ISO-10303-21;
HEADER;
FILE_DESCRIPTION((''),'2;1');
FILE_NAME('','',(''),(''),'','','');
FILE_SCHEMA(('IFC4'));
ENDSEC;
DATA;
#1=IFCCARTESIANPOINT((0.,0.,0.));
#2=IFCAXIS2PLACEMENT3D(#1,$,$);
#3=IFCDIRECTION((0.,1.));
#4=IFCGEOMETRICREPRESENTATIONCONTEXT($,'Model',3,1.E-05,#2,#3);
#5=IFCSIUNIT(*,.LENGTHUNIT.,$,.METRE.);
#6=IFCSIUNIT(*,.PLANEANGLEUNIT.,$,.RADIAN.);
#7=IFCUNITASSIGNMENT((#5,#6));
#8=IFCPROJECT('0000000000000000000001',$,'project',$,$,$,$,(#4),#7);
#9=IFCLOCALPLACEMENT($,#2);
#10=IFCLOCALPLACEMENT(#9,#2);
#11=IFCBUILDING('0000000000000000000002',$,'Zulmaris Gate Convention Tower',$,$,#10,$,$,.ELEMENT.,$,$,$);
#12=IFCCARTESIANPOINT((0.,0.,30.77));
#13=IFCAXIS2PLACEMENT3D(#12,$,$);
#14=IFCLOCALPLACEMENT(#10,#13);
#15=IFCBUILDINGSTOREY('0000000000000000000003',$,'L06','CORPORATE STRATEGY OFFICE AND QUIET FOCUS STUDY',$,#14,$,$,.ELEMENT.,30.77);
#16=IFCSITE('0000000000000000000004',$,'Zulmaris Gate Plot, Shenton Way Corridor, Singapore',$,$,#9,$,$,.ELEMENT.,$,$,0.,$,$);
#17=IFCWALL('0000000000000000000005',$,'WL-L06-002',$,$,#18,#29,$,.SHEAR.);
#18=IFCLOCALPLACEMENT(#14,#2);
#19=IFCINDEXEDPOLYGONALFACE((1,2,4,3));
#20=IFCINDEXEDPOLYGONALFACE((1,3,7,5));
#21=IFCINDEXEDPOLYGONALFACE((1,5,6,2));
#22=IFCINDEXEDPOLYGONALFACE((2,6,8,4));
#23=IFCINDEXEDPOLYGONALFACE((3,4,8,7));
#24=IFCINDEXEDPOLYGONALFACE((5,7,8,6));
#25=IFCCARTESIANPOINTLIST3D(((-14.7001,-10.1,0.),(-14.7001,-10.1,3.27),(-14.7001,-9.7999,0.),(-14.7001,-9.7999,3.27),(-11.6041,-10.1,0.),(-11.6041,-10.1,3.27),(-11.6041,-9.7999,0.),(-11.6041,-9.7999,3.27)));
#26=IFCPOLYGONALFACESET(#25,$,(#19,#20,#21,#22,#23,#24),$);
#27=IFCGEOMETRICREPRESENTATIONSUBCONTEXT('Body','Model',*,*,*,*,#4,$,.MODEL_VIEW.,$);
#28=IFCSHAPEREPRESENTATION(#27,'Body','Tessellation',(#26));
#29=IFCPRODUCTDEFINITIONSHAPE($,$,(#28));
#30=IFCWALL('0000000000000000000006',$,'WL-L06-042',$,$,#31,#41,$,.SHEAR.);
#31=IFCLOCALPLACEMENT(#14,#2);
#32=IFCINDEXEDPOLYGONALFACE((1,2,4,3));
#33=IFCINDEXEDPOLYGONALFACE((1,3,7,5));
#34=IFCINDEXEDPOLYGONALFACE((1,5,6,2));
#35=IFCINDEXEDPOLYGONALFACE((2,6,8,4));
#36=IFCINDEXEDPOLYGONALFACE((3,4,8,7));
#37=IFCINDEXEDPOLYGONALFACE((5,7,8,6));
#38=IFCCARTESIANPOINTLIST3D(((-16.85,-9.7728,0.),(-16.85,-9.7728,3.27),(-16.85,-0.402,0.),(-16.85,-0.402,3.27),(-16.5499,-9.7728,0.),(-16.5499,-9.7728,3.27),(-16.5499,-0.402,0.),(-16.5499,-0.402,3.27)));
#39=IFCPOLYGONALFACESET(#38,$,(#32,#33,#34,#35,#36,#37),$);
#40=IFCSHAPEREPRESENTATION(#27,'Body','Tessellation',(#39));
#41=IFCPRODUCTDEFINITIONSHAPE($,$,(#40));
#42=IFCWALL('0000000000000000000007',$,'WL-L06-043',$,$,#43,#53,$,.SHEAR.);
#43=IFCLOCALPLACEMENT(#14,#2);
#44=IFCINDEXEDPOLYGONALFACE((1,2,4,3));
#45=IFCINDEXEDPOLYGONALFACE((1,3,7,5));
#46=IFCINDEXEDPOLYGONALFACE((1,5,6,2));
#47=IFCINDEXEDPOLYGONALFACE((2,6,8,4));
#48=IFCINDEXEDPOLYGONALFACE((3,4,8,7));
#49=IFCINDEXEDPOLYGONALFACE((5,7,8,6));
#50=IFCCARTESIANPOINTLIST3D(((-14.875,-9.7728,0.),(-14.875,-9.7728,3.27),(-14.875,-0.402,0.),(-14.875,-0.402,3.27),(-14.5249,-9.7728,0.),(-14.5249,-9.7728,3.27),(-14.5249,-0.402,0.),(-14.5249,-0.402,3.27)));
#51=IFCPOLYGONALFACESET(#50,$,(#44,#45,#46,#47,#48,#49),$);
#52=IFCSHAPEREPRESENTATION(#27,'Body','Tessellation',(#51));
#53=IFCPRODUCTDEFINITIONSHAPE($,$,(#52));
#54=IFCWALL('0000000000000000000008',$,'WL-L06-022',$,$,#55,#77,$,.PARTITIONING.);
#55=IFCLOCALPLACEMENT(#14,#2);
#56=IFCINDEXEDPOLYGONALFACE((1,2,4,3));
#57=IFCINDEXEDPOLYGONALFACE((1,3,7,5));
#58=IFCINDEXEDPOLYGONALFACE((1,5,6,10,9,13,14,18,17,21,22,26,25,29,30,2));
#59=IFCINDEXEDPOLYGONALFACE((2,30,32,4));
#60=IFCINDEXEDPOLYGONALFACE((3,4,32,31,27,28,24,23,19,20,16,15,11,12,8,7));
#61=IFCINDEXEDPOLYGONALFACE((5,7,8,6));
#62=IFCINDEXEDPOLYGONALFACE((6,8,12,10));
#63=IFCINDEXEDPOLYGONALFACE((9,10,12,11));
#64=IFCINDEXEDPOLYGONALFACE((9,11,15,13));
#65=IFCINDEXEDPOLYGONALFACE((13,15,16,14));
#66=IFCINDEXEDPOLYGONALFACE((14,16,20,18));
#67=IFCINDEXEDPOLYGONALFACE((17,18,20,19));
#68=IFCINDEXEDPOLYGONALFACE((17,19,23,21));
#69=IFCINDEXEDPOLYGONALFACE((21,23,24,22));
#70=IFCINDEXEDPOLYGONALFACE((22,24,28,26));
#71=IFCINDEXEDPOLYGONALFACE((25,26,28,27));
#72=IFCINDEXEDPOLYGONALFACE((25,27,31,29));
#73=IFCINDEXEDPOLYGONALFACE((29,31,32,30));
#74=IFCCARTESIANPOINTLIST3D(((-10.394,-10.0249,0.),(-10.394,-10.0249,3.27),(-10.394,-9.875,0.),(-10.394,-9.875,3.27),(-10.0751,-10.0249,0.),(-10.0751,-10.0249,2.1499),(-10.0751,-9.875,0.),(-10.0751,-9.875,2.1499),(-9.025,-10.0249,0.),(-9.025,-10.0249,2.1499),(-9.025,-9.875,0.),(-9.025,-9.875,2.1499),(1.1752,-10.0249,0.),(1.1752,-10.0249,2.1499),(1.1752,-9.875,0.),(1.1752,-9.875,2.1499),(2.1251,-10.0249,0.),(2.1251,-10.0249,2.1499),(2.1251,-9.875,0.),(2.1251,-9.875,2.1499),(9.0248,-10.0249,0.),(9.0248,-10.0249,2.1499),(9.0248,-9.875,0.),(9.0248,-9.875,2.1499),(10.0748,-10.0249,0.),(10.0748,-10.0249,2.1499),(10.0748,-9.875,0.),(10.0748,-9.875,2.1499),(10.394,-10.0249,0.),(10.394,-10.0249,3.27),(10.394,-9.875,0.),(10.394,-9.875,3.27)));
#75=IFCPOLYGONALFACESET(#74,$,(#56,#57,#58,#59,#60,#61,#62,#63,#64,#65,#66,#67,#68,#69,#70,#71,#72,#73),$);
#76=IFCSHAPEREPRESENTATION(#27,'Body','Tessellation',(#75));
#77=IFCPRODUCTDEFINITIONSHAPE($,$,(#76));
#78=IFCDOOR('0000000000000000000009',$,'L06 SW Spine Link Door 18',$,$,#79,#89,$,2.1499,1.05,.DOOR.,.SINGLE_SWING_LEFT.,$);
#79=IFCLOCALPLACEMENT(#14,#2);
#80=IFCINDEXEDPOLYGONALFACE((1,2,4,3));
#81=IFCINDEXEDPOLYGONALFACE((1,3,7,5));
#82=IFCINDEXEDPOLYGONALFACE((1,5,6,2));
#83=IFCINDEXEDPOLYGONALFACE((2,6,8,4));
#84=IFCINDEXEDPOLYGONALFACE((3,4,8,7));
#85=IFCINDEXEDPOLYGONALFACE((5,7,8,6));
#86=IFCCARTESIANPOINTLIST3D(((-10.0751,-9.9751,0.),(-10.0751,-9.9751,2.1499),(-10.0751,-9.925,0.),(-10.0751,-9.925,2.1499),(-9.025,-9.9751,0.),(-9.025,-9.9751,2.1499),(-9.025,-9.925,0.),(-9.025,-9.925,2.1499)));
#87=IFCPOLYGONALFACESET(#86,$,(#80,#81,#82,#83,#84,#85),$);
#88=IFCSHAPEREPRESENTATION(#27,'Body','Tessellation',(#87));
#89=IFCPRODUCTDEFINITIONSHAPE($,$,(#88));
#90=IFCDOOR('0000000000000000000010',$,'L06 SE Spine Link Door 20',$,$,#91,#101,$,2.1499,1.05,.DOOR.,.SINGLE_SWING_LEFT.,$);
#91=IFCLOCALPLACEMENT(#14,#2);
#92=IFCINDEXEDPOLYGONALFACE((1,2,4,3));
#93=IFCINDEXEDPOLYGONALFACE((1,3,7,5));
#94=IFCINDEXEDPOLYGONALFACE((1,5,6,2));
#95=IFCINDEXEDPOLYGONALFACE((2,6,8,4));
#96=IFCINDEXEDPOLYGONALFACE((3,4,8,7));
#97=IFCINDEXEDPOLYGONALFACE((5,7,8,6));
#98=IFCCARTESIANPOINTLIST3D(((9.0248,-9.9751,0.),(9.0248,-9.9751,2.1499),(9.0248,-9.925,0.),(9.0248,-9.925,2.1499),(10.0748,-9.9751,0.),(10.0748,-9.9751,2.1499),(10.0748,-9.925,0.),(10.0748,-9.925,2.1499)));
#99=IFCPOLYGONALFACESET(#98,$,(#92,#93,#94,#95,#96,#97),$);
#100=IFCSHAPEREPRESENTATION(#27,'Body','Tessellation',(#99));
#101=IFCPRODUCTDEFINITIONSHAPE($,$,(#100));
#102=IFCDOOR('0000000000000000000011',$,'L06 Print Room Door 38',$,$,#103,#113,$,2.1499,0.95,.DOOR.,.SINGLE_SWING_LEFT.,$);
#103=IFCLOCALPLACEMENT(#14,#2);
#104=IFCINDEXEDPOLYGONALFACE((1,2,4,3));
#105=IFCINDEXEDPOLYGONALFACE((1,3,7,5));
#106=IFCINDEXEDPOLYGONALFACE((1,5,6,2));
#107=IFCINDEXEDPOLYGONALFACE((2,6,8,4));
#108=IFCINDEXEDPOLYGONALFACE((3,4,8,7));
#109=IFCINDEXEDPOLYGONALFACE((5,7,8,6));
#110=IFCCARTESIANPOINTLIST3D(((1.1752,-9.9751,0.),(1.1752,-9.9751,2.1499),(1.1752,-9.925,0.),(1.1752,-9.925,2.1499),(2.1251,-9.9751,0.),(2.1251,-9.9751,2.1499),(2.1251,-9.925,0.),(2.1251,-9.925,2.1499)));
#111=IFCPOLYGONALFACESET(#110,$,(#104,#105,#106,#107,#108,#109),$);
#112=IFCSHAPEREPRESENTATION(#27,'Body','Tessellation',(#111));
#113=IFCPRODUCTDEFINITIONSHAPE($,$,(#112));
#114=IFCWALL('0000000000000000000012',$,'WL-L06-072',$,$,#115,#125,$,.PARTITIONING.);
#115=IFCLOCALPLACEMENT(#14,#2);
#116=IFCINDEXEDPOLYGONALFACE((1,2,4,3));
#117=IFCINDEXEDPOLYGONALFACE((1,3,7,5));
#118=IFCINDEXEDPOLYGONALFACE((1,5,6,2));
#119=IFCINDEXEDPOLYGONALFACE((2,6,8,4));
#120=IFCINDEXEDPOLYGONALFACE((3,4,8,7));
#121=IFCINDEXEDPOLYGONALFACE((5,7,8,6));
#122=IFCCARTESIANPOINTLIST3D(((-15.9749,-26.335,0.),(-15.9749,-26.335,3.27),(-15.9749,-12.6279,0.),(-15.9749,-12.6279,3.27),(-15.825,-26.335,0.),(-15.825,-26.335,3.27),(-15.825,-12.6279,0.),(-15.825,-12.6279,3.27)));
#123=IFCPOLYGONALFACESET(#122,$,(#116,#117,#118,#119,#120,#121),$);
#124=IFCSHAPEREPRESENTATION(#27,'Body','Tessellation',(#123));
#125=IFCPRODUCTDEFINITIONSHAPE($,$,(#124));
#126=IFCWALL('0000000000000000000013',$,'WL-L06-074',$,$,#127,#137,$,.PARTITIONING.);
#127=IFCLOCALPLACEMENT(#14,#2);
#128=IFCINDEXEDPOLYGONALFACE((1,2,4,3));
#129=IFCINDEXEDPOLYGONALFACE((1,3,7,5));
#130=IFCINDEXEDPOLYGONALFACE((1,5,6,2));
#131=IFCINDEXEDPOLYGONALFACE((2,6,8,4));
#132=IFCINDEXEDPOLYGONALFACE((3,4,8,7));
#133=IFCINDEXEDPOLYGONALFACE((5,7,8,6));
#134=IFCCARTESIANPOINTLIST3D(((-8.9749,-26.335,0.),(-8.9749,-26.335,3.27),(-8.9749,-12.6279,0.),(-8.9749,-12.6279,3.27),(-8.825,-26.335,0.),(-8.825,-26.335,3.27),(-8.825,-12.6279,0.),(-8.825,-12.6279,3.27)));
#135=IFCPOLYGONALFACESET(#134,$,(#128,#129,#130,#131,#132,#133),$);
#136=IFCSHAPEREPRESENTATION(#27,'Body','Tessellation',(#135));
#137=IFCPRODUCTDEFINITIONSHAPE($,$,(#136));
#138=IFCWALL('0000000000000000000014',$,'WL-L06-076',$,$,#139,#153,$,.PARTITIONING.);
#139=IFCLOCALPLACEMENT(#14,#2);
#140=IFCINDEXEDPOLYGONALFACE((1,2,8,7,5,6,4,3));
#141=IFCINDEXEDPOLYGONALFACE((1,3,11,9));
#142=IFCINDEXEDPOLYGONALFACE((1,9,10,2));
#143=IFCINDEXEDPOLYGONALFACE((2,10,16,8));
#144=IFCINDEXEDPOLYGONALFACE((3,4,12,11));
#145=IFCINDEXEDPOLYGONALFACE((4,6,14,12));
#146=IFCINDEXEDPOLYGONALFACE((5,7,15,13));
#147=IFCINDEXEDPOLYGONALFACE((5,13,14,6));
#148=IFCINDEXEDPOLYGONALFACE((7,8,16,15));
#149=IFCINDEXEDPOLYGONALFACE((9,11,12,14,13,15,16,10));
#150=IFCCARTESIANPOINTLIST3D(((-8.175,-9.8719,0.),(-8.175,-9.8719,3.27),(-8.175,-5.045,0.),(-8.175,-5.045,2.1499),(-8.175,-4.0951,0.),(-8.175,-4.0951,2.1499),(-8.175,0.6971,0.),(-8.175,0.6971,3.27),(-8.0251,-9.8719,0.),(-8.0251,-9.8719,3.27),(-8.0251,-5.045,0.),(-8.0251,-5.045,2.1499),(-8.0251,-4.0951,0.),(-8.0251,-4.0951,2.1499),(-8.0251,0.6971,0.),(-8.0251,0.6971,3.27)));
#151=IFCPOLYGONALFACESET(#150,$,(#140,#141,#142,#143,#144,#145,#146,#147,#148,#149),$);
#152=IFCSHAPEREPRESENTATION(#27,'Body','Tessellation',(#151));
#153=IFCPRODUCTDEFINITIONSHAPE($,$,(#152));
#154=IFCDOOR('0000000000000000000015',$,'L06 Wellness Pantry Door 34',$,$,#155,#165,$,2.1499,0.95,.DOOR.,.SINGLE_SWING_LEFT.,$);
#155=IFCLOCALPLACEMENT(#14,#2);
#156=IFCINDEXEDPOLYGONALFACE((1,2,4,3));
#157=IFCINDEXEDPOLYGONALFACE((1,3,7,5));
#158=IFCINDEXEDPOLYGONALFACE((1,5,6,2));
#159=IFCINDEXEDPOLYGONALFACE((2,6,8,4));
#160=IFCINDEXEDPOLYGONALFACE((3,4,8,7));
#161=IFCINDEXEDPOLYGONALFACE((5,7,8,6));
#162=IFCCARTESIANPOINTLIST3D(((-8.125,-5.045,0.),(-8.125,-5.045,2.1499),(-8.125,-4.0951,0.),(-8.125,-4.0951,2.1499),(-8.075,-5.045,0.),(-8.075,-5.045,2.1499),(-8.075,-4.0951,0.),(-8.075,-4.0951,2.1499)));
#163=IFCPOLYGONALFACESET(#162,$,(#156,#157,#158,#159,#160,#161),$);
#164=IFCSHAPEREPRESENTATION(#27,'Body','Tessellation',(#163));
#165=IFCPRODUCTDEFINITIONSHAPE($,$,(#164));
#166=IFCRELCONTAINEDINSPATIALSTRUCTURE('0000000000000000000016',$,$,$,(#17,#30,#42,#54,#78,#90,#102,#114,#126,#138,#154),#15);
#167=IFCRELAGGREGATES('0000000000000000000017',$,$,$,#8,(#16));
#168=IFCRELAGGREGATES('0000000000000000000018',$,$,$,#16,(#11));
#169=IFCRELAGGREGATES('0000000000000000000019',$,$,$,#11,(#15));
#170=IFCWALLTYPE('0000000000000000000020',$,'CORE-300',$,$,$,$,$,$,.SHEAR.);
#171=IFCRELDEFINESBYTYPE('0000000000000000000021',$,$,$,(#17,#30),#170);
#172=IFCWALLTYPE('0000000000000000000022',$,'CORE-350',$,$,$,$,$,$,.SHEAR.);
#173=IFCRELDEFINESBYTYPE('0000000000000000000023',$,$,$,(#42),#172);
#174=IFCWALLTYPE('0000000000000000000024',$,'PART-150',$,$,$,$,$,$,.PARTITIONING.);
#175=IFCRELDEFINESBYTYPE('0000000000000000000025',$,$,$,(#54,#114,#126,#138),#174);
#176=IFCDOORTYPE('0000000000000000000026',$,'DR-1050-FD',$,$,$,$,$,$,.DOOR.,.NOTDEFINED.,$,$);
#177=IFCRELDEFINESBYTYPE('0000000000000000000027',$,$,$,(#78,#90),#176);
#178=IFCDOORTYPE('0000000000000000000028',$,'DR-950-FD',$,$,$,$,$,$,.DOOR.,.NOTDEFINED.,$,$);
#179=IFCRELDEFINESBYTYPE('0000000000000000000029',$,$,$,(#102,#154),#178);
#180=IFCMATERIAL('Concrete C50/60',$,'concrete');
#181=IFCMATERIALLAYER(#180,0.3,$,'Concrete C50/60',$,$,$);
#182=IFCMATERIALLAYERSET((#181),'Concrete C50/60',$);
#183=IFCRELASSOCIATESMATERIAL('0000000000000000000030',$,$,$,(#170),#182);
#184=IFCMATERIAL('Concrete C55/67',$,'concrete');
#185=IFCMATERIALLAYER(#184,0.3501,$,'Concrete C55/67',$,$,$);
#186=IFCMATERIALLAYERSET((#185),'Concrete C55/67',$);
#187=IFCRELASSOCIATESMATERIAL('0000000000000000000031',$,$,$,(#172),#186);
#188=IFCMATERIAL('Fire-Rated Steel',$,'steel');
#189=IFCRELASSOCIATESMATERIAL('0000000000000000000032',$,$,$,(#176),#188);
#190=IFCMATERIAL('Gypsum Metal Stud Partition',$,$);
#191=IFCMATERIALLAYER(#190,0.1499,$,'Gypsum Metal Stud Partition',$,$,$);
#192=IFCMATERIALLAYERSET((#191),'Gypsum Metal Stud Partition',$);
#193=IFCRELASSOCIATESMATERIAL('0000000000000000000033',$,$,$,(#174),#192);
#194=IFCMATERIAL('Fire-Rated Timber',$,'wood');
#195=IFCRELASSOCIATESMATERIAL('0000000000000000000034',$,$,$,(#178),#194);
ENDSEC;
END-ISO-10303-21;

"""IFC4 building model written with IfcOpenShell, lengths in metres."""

from ifc_helpers import new_model, si_unit, direction, frame, frame_2d, origin, place, context, subcontext, project, spatial, rectangle, extrude, material, layer, layer_set, type_object, element, fill, save


model = new_model("IFC4")

# Units and contexts
model_context = context("Model", 3, precision=1e-05, world=origin(), true_north=direction((0.0, 1.0)))
body_context = subcontext(model_context, "Body", "Model", "MODEL_VIEW")
ifc_project = project(units=[si_unit("LENGTHUNIT", "METRE"), si_unit("PLANEANGLEUNIT", "RADIAN")], contexts=[model_context])

# Site, building, storey
site_placement = place(None, origin())
site = spatial("IfcSite", under=ifc_project, at=site_placement, Name="Zulmaris Gate Plot, Shenton Way Corridor, Singapore", CompositionType="ELEMENT", RefElevation=0.0)
building_placement = place(site_placement, origin())
building = spatial("IfcBuilding", under=site, at=building_placement, Name="Zulmaris Gate Convention Tower", CompositionType="ELEMENT")
storey_placement = place(building_placement, frame((0.0, 0.0, 30.77)))
storey = spatial("IfcBuildingStorey", under=building, at=storey_placement, Name="L06", Description="CORPORATE STRATEGY OFFICE AND QUIET FOCUS STUDY", CompositionType="ELEMENT", Elevation=30.77)

# Walls
ifc_material_1 = material(Name="Concrete C50/60", Category="concrete")
ifc_layer_1 = layer(ifc_material_1, 0.3, Name="Concrete C50/60")
ifc_layer_set_1 = layer_set([ifc_layer_1], Name="Concrete C50/60")
wall_type_1 = type_object("IfcWallType", Name="CORE-300", PredefinedType="SHEAR", material=ifc_layer_set_1)
wall_1_placement = place(storey_placement, frame((-14.7, -9.95, 0.0), z_axis=(0.0, 0.0, 1.0), x_axis=(1.0, 0.0, 0.0)))
element("IfcWall", 1, at=wall_1_placement, inside=storey, type_object=wall_type_1, Name="WL-L06-002", PredefinedType="SHEAR", context=body_context, shape_type="SweptSolid", body=[
    extrude(rectangle(XDim=3.0959, YDim=0.3, at=frame_2d((1.5479, 0.0))), origin(), (0.0, 0.0, 1.0), 3.27),
])
wall_2_placement = place(storey_placement, frame((-16.7, -9.7729, 0.0), z_axis=(0.0, 0.0, 1.0), x_axis=(0.0, 1.0, 0.0)))
element("IfcWall", 2, at=wall_2_placement, inside=storey, type_object=wall_type_1, Name="WL-L06-042", PredefinedType="SHEAR", context=body_context, shape_type="SweptSolid", body=[
    extrude(rectangle(XDim=9.3708, YDim=0.3, at=frame_2d((4.6855, 0.0))), origin(), (0.0, 0.0, 1.0), 3.27),
])

# Shared definitions
ifc_material_2 = material(Name="Concrete C55/67", Category="concrete")
ifc_layer_2 = layer(ifc_material_2, 0.3501, Name="Concrete C55/67")
ifc_layer_set_2 = layer_set([ifc_layer_2], Name="Concrete C55/67")
wall_type_2 = type_object("IfcWallType", Name="CORE-350", PredefinedType="SHEAR", material=ifc_layer_set_2)
ifc_material_3 = material(Name="Fire-Rated Steel", Category="steel")
door_type_1 = type_object("IfcDoorType", Name="DR-1050-FD", OperationType="NOTDEFINED", PredefinedType="DOOR", material=ifc_material_3)

# Wall
wall_3_placement = place(storey_placement, frame((-14.7, -9.7729, 0.0), z_axis=(0.0, 0.0, 1.0), x_axis=(0.0, 1.0, 0.0)))
element("IfcWall", 3, at=wall_3_placement, inside=storey, type_object=wall_type_2, Name="WL-L06-043", PredefinedType="SHEAR", context=body_context, shape_type="SweptSolid", body=[
    extrude(rectangle(XDim=9.3708, YDim=0.3501, at=frame_2d((4.6855, 0.0))), origin(), (0.0, 0.0, 1.0), 3.27),
])

# Wall, openings, doors
ifc_material_4 = material(Name="Gypsum Metal Stud Partition")
ifc_layer_3 = layer(ifc_material_4, 0.1499, Name="Gypsum Metal Stud Partition")
ifc_layer_set_3 = layer_set([ifc_layer_3], Name="Gypsum Metal Stud Partition")
wall_type_3 = type_object("IfcWallType", Name="PART-150", PredefinedType="PARTITIONING", material=ifc_layer_set_3)
wall_4_placement = place(storey_placement, frame((-10.394, -9.95, 0.0), z_axis=(0.0, 0.0, 1.0), x_axis=(1.0, 0.0, 0.0)))
wall_4 = element("IfcWall", 4, at=wall_4_placement, inside=storey, type_object=wall_type_3, Name="WL-L06-022", PredefinedType="PARTITIONING", context=body_context, shape_type="SweptSolid", body=[
    extrude(rectangle(XDim=20.7881, YDim=0.1499, at=frame_2d((10.394, 0.0))), origin(), (0.0, 0.0, 1.0), 3.27),
])
opening_1_placement = place(wall_4_placement, frame((0.3191, 0.0, 0.0)))
opening_1 = element("IfcOpeningElement", 5, at=opening_1_placement, cuts=wall_4, PredefinedType="OPENING", context=body_context, shape_type="SweptSolid", body=[
    extrude(rectangle(XDim=1.05, YDim=2.1499, at=frame_2d((0.5249, 1.075))), frame((0.0, 0.085, 0.0), z_axis=(0.0, -1.0, 0.0), x_axis=(1.0, 0.0, 0.0)), (0.0, 0.0, 1.0), 0.1699),
])
opening_2_placement = place(wall_4_placement, frame((19.4189, 0.0, 0.0)))
opening_2 = element("IfcOpeningElement", 6, at=opening_2_placement, cuts=wall_4, PredefinedType="OPENING", context=body_context, shape_type="SweptSolid", body=[
    extrude(rectangle(XDim=1.05, YDim=2.1499, at=frame_2d((0.5249, 1.075))), frame((0.0, 0.085, 0.0), z_axis=(0.0, -1.0, 0.0), x_axis=(1.0, 0.0, 0.0)), (0.0, 0.0, 1.0), 0.1699),
])
opening_3_placement = place(wall_4_placement, frame((11.5691, 0.0, 0.0)))
opening_3 = element("IfcOpeningElement", 7, at=opening_3_placement, cuts=wall_4, PredefinedType="OPENING", context=body_context, shape_type="SweptSolid", body=[
    extrude(rectangle(XDim=0.95, YDim=2.1499, at=frame_2d((0.4751, 1.075))), frame((0.0, 0.085, 0.0), z_axis=(0.0, -1.0, 0.0), x_axis=(1.0, 0.0, 0.0)), (0.0, 0.0, 1.0), 0.1699),
])
door_1_placement = place(opening_1_placement, origin())
door_1 = element("IfcDoor", 8, at=door_1_placement, inside=storey, type_object=door_type_1, Name="L06 SW Spine Link Door 18", OperationType="SINGLE_SWING_LEFT", OverallHeight=2.1499, OverallWidth=1.05, PredefinedType="DOOR", context=body_context, shape_type="SweptSolid", body=[
    extrude(rectangle(XDim=1.05, YDim=2.1499, at=frame_2d((0.5249, 1.075))), frame((0.0, 0.0249, 0.0), z_axis=(0.0, -1.0, 0.0), x_axis=(1.0, 0.0, 0.0)), (0.0, 0.0, 1.0), 0.05),
])
fill(opening_1, door_1)
door_2_placement = place(opening_2_placement, origin())
door_2 = element("IfcDoor", 9, at=door_2_placement, inside=storey, type_object=door_type_1, Name="L06 SE Spine Link Door 20", OperationType="SINGLE_SWING_LEFT", OverallHeight=2.1499, OverallWidth=1.05, PredefinedType="DOOR", context=body_context, shape_type="SweptSolid", body=[
    extrude(rectangle(XDim=1.05, YDim=2.1499, at=frame_2d((0.5249, 1.075))), frame((0.0, 0.0249, 0.0), z_axis=(0.0, -1.0, 0.0), x_axis=(1.0, 0.0, 0.0)), (0.0, 0.0, 1.0), 0.05),
])
fill(opening_2, door_2)
ifc_material_5 = material(Name="Fire-Rated Timber", Category="wood")
door_type_2 = type_object("IfcDoorType", Name="DR-950-FD", OperationType="NOTDEFINED", PredefinedType="DOOR", material=ifc_material_5)
door_3_placement = place(opening_3_placement, origin())
door_3 = element("IfcDoor", 10, at=door_3_placement, inside=storey, type_object=door_type_2, Name="L06 Print Room Door 38", OperationType="SINGLE_SWING_LEFT", OverallHeight=2.1499, OverallWidth=0.95, PredefinedType="DOOR", context=body_context, shape_type="SweptSolid", body=[
    extrude(rectangle(XDim=0.95, YDim=2.1499, at=frame_2d((0.4751, 1.075))), frame((0.0, 0.0249, 0.0), z_axis=(0.0, -1.0, 0.0), x_axis=(1.0, 0.0, 0.0)), (0.0, 0.0, 1.0), 0.05),
])
fill(opening_3, door_3)

# Walls
for number, where, z_axis, x_axis, name in (
    (11, (-15.8999, -26.335, 0.0), (0.0, 0.0, 1.0), (0.0, 1.0, 0.0), "WL-L06-072"),
    (12, (-8.8999, -26.335, 0.0), (0.0, 0.0, 1.0), (0.0, 1.0, 0.0), "WL-L06-074"),
):
    element("IfcWall", number, at=place(storey_placement, frame(where, z_axis=z_axis, x_axis=x_axis)), inside=storey, type_object=wall_type_3, Name=name, PredefinedType="PARTITIONING", context=body_context, shape_type="SweptSolid", body=[
        extrude(rectangle(XDim=13.707, YDim=0.1499, at=frame_2d((6.8535, 0.0))), origin(), (0.0, 0.0, 1.0), 3.27),
    ])

# Wall, opening, door
wall_5_placement = place(storey_placement, frame((-8.1001, -9.8721, 0.0), z_axis=(0.0, 0.0, 1.0), x_axis=(0.0, 1.0, 0.0)))
wall_5 = element("IfcWall", 13, at=wall_5_placement, inside=storey, type_object=wall_type_3, Name="WL-L06-076", PredefinedType="PARTITIONING", context=body_context, shape_type="SweptSolid", body=[
    extrude(rectangle(XDim=10.5691, YDim=0.1499, at=frame_2d((5.2847, 0.0))), origin(), (0.0, 0.0, 1.0), 3.27),
])
opening_4_placement = place(wall_5_placement, frame((4.8269, 0.0, 0.0)))
opening_4 = element("IfcOpeningElement", 14, at=opening_4_placement, cuts=wall_5, PredefinedType="OPENING", context=body_context, shape_type="SweptSolid", body=[
    extrude(rectangle(XDim=0.95, YDim=2.1499, at=frame_2d((0.4751, 1.075))), frame((0.0, 0.085, 0.0), z_axis=(0.0, -1.0, 0.0), x_axis=(1.0, 0.0, 0.0)), (0.0, 0.0, 1.0), 0.1699),
])
door_4_placement = place(opening_4_placement, origin())
door_4 = element("IfcDoor", 15, at=door_4_placement, inside=storey, type_object=door_type_2, Name="L06 Wellness Pantry Door 34", OperationType="SINGLE_SWING_LEFT", OverallHeight=2.1499, OverallWidth=0.95, PredefinedType="DOOR", context=body_context, shape_type="SweptSolid", body=[
    extrude(rectangle(XDim=0.95, YDim=2.1499, at=frame_2d((0.4751, 1.075))), frame((0.0, 0.0249, 0.0), z_axis=(0.0, -1.0, 0.0), x_axis=(1.0, 0.0, 0.0)), (0.0, 0.0, 1.0), 0.05),
])
fill(opening_4, door_4)

save(model, "model.ifc")
